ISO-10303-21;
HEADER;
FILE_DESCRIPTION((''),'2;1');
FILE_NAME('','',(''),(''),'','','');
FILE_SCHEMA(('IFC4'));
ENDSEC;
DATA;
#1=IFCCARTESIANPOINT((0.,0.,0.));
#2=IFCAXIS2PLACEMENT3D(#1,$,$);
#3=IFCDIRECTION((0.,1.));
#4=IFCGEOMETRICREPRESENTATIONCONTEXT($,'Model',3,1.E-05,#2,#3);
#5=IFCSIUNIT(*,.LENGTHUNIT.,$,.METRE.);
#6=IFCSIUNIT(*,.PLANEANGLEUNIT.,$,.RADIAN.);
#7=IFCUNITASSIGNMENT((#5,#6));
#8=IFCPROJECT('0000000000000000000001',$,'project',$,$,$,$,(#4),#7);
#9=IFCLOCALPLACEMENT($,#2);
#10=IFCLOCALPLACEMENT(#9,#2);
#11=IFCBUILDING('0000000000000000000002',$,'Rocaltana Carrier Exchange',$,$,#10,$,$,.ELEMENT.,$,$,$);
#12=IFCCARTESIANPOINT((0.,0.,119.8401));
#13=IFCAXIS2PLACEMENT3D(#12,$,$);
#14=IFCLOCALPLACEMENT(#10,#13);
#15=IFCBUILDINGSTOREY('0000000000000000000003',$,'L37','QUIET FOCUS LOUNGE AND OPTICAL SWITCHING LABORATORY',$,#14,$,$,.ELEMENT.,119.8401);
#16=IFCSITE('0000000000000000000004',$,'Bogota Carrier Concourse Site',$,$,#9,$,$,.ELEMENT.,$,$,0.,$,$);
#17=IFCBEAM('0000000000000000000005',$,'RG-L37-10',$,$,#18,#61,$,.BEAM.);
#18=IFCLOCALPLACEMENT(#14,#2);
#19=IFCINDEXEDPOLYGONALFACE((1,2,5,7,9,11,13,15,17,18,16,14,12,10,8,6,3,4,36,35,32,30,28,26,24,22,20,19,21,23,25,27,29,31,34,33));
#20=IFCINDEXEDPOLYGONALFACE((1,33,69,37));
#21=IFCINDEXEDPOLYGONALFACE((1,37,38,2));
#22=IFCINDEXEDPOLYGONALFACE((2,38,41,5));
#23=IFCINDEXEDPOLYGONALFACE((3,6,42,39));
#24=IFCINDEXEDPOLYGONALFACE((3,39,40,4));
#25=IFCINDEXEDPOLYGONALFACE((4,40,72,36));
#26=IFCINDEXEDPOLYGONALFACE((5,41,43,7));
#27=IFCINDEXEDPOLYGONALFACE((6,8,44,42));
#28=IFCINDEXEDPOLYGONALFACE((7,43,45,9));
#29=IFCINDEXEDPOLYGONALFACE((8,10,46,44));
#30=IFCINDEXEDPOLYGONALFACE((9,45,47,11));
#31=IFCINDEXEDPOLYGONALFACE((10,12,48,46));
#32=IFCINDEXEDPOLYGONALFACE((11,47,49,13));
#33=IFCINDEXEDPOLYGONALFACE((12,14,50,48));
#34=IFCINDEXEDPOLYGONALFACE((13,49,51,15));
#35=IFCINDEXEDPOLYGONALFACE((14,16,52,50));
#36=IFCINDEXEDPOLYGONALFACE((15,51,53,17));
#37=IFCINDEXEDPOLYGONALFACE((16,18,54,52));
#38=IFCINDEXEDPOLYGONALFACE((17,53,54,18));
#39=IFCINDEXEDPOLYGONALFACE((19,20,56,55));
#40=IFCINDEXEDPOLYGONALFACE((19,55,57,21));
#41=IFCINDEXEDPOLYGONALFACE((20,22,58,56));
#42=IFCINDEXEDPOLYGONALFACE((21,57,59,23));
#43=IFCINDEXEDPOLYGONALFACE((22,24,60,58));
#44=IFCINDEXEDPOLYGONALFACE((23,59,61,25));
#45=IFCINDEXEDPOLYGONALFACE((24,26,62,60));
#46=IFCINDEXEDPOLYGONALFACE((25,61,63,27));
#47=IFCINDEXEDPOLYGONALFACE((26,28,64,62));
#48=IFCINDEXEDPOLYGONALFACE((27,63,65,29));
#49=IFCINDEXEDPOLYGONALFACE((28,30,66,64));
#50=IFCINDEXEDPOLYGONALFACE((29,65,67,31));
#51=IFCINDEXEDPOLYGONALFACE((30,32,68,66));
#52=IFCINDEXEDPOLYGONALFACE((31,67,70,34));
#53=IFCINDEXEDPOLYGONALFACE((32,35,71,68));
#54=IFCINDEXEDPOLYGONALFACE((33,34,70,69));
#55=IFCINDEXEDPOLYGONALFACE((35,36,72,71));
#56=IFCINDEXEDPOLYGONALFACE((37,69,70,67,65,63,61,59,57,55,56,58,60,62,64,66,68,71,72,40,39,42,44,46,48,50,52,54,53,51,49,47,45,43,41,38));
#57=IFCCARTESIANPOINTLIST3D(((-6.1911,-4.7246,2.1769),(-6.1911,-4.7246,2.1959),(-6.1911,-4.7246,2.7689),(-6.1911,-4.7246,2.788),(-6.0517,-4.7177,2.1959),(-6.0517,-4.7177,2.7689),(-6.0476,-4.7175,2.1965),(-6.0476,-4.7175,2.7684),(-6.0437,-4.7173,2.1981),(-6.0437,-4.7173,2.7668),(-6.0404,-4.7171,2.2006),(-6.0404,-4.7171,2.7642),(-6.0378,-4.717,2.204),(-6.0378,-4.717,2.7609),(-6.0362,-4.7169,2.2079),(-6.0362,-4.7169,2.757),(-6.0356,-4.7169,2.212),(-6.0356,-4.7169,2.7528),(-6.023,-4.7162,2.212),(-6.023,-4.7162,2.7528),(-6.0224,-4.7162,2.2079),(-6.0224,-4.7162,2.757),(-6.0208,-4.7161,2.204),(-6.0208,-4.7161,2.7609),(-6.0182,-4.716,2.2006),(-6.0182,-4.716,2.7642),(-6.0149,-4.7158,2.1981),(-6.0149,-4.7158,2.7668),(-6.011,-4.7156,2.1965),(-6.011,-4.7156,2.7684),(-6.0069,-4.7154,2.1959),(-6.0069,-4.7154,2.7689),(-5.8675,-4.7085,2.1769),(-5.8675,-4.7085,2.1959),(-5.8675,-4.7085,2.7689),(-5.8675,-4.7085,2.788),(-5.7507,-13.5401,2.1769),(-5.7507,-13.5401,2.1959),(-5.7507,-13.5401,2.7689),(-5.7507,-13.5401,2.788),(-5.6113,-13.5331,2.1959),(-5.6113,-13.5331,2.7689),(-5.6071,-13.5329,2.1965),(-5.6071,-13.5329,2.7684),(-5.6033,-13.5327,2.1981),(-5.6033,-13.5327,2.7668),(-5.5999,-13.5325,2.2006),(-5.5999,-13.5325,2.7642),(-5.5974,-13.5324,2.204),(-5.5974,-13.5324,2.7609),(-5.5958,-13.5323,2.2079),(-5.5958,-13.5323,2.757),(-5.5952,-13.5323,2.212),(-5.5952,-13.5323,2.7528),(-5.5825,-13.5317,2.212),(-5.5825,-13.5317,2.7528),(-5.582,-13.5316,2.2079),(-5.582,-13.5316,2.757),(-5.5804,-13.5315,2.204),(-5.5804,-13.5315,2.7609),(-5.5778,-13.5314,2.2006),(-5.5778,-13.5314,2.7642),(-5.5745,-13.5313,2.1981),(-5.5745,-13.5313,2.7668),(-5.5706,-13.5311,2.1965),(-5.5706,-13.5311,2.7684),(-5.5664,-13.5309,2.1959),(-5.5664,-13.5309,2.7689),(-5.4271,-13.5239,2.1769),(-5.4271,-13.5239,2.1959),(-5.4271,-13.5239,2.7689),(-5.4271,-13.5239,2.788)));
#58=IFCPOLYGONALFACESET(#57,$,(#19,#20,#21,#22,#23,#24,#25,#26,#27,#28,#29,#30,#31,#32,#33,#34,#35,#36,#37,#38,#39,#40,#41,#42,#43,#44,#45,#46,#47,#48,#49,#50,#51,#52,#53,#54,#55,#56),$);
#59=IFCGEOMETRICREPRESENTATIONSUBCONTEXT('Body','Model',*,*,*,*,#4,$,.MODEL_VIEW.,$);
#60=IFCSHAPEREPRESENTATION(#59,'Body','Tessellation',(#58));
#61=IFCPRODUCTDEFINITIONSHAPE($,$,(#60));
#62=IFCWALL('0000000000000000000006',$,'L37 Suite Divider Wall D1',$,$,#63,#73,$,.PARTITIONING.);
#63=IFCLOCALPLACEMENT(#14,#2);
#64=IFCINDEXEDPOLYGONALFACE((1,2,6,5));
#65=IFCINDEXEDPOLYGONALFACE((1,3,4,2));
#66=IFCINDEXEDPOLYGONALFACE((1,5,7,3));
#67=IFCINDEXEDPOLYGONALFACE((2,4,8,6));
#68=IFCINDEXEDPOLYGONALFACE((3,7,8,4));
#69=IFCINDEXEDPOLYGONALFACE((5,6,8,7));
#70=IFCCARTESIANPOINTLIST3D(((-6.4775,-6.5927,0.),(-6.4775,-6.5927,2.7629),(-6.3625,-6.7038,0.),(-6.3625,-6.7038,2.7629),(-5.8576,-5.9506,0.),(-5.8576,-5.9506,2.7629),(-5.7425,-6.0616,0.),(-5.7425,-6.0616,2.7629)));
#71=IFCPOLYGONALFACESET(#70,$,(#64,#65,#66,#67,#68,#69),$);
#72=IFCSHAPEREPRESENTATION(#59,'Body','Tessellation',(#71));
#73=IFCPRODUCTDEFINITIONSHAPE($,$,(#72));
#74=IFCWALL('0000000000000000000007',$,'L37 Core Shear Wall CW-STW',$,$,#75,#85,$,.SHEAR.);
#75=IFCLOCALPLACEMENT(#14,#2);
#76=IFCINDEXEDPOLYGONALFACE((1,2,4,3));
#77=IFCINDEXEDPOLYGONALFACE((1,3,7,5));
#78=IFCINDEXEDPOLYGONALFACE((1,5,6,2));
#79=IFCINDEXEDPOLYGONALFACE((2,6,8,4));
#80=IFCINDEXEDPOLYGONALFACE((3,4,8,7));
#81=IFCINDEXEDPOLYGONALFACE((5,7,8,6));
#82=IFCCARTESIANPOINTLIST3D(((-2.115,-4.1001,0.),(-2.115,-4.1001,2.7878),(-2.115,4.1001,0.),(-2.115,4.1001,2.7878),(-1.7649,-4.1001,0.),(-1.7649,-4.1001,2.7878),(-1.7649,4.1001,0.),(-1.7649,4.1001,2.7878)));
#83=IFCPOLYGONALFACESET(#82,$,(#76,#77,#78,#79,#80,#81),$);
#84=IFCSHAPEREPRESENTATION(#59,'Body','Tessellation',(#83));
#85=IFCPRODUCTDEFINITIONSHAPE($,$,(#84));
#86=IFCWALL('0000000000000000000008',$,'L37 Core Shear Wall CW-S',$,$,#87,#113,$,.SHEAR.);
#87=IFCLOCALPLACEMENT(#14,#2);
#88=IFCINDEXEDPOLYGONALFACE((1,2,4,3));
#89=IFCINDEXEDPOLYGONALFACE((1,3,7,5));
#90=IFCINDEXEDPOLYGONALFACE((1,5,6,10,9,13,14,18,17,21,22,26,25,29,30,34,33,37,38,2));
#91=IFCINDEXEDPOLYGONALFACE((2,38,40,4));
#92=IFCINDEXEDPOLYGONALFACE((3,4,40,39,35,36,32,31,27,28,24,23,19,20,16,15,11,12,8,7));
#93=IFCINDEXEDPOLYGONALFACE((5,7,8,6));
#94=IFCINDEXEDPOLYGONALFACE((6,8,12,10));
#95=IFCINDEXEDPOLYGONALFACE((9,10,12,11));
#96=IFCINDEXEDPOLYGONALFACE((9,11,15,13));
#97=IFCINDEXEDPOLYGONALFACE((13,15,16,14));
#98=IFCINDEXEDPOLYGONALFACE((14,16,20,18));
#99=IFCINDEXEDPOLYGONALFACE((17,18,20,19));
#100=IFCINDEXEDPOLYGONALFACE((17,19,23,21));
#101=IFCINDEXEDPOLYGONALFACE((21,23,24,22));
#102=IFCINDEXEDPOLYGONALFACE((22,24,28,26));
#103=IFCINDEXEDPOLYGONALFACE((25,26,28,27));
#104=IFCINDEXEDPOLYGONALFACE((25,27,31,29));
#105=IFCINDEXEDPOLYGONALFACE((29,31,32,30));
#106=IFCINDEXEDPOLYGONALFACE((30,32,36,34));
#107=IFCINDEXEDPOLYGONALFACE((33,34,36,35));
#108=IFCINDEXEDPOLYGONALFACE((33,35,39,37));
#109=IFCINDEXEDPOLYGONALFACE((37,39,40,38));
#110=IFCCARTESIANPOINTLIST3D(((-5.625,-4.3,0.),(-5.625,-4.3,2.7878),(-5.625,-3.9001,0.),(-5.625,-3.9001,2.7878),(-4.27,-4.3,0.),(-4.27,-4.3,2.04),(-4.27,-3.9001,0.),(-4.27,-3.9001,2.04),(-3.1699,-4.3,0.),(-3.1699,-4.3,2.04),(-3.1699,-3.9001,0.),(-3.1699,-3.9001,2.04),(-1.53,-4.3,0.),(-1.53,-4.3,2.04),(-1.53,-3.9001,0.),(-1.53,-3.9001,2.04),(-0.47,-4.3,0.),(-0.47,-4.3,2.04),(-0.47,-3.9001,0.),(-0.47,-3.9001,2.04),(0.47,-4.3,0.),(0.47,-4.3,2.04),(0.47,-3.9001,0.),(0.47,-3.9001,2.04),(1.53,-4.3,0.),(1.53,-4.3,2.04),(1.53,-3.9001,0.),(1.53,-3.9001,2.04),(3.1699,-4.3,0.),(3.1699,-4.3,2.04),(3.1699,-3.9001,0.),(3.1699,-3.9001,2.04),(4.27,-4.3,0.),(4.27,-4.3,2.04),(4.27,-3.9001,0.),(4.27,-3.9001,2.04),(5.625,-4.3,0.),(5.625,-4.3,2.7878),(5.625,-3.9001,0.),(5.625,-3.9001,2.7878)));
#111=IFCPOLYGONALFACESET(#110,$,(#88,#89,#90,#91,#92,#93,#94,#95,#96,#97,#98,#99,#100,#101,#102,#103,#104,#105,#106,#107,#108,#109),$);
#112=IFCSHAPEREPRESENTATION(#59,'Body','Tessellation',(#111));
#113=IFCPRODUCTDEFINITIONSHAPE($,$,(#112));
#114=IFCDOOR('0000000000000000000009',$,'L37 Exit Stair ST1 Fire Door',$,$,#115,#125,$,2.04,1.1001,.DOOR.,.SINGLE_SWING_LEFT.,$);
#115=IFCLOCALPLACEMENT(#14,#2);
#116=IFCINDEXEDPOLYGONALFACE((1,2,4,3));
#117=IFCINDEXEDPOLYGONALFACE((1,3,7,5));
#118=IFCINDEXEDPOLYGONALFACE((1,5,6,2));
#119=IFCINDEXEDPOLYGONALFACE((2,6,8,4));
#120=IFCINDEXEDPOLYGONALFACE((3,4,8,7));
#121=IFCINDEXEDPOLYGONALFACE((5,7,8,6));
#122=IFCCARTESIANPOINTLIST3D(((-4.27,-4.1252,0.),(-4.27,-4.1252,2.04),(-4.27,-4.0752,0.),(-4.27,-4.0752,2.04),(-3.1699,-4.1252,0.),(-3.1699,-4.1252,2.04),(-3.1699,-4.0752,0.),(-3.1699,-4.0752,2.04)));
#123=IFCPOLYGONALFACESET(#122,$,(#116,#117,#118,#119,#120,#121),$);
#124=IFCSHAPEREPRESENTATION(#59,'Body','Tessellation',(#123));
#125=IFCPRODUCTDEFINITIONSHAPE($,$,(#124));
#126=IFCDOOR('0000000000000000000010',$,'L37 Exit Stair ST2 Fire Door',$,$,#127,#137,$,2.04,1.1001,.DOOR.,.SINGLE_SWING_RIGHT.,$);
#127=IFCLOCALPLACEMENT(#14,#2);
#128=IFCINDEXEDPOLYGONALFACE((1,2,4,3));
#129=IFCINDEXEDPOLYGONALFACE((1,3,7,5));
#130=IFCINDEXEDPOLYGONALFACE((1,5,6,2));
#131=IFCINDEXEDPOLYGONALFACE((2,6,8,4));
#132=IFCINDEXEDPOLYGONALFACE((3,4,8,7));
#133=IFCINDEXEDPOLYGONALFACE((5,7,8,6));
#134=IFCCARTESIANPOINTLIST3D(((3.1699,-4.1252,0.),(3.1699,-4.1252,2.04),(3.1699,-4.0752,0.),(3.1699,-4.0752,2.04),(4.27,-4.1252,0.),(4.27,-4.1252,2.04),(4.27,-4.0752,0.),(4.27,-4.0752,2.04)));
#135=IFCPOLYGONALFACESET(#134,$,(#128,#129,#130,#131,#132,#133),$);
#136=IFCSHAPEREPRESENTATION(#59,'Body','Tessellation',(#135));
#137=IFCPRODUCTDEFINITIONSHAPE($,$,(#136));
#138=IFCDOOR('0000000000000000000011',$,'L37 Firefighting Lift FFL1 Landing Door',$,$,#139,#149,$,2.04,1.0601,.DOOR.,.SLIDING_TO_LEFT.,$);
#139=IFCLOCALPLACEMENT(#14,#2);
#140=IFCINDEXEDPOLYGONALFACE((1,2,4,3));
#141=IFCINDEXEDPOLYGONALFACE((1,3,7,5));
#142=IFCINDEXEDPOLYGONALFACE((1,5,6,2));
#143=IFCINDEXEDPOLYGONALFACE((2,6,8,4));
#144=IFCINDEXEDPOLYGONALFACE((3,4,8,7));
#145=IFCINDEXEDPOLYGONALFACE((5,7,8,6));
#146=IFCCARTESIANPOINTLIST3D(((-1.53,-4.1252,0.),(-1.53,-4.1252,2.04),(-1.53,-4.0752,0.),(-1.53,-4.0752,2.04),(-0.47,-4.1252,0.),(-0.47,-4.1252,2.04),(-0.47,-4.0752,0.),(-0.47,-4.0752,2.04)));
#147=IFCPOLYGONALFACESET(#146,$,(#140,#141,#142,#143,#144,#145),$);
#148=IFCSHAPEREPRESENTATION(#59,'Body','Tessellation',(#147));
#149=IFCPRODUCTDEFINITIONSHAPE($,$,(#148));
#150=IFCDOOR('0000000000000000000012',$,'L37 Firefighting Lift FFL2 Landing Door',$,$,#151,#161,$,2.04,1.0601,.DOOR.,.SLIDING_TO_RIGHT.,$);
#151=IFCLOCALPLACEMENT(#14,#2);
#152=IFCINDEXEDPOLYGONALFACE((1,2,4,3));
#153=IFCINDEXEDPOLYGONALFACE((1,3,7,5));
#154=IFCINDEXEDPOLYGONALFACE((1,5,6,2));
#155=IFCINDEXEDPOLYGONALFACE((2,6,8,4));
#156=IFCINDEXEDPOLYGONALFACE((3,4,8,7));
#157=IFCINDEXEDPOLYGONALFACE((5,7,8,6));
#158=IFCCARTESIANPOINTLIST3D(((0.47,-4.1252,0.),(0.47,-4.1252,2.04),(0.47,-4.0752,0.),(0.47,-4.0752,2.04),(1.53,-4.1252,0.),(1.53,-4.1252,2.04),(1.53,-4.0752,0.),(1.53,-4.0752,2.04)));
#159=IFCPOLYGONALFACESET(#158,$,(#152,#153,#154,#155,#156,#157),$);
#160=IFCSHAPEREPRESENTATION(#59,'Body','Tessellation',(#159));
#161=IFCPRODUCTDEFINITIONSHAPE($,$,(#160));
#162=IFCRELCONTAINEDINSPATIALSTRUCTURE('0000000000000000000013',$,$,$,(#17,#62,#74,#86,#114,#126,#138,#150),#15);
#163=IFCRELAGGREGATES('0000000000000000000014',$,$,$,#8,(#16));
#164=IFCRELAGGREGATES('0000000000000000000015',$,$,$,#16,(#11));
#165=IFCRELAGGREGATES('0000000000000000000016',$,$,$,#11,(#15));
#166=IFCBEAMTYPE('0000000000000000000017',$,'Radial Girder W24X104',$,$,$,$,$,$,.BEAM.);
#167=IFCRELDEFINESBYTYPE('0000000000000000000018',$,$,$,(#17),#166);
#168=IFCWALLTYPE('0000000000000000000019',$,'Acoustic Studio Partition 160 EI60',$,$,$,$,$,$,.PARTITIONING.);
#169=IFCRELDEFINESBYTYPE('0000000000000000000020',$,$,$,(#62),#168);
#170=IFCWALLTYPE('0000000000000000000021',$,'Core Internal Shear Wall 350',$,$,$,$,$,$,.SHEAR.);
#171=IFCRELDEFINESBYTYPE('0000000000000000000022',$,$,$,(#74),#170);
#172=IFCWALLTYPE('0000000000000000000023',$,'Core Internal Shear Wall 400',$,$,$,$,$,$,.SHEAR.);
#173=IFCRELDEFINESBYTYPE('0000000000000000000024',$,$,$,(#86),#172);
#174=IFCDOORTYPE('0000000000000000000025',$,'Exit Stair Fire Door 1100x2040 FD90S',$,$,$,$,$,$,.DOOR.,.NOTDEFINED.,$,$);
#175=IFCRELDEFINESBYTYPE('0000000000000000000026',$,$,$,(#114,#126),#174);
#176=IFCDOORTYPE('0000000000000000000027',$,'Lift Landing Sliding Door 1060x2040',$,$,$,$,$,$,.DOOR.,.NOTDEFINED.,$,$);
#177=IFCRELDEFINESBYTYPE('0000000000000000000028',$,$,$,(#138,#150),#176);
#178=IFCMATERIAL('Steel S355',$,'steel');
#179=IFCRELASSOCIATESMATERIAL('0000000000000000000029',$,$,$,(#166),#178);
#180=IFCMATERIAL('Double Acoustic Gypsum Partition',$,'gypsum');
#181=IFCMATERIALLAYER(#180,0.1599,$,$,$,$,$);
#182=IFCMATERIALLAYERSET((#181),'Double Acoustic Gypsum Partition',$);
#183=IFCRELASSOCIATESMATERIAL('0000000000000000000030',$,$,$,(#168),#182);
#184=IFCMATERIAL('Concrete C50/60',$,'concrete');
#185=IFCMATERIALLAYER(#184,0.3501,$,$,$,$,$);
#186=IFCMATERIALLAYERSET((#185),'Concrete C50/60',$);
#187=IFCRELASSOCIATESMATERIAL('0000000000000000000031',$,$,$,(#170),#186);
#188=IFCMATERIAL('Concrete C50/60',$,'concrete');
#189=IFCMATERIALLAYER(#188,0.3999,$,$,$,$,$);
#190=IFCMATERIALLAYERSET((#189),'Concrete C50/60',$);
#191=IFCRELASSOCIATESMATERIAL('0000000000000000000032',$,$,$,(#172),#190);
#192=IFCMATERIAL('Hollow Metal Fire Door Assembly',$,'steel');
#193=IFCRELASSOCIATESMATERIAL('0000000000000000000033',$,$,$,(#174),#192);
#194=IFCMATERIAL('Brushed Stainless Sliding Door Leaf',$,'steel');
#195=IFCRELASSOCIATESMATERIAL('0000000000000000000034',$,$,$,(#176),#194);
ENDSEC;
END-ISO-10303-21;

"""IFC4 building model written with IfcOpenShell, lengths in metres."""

from ifc_helpers import new_model, si_unit, direction, frame, frame_2d, origin, origin_2d, place, context, subcontext, project, spatial, rectangle, i_section, extrude, material, layer, layer_set, material_profile, profile_set, type_object, element, fill, save


model = new_model("IFC4")

# Units and contexts
model_context = context("Model", 3, precision=1e-05, world=origin(), true_north=direction((0.0, 1.0)))
body_context = subcontext(model_context, "Body", "Model", "MODEL_VIEW")
ifc_project = project(units=[si_unit("LENGTHUNIT", "METRE"), si_unit("PLANEANGLEUNIT", "RADIAN")], contexts=[model_context])

# Site, building, storey
site_placement = place(None, origin())
site = spatial("IfcSite", under=ifc_project, at=site_placement, Name="Bogota Carrier Concourse Site", CompositionType="ELEMENT", RefElevation=0.0)
building_placement = place(site_placement, origin())
building = spatial("IfcBuilding", under=site, at=building_placement, Name="Rocaltana Carrier Exchange", CompositionType="ELEMENT")
storey_placement = place(building_placement, frame((0.0, 0.0, 119.8401)))
storey = spatial("IfcBuildingStorey", under=building, at=storey_placement, Name="L37", Description="QUIET FOCUS LOUNGE AND OPTICAL SWITCHING LABORATORY", CompositionType="ELEMENT", Elevation=119.8401)

# Beam
ifc_material_1 = material(Name="Steel S355", Category="steel")
ifc_material_profile_1 = material_profile(ifc_material_1, i_section(OverallWidth=0.324, OverallDepth=0.6111, WebThickness=0.0127, FlangeThickness=0.019, FilletRadius=0.0161, at=origin_2d()), Name="W24X104")
ifc_profile_set_1 = profile_set([ifc_material_profile_1], Name="Steel S355")
beam_type = type_object("IfcBeamType", Name="Radial Girder W24X104", PredefinedType="BEAM", material=ifc_profile_set_1)
beam_1_placement = place(storey_placement, frame((-6.0293, -4.7166, 2.4824), z_axis=(0.049899, -0.998754, 0.0), x_axis=(0.998754, 0.049899, 0.0)))
element("IfcBeam", 1, at=beam_1_placement, inside=storey, type_object=beam_type, Name="RG-L37-10", PredefinedType="BEAM", context=body_context, shape_type="SweptSolid", body=[
    extrude(i_section(OverallWidth=0.324, OverallDepth=0.6111, WebThickness=0.0127, FlangeThickness=0.019, FilletRadius=0.0161, at=origin_2d()), origin(), (0.0, 0.0, 1.0), 8.8264),
])

# Walls
ifc_material_2 = material(Name="Double Acoustic Gypsum Partition", Category="gypsum")
ifc_layer_1 = layer(ifc_material_2, 0.1599)
ifc_layer_set_1 = layer_set([ifc_layer_1], Name="Double Acoustic Gypsum Partition")
wall_type_1 = type_object("IfcWallType", Name="Acoustic Studio Partition 160 EI60", PredefinedType="PARTITIONING", material=ifc_layer_set_1)
wall_1_placement = place(storey_placement, frame((-5.8, -6.0061, 0.0), z_axis=(0.0, 0.0, 1.0), x_axis=(-0.694551, -0.719444, 0.0)))
element("IfcWall", 2, at=wall_1_placement, inside=storey, type_object=wall_type_1, Name="L37 Suite Divider Wall D1", PredefinedType="PARTITIONING", context=body_context, shape_type="SweptSolid", body=[
    extrude(rectangle(XDim=0.8926, YDim=0.1599, at=frame_2d((0.4463, 0.0))), origin(), (0.0, 0.0, 1.0), 2.7629),
])
ifc_material_3 = material(Name="Concrete C50/60", Category="concrete")
ifc_layer_2 = layer(ifc_material_3, 0.3501)
ifc_layer_set_2 = layer_set([ifc_layer_2], Name="Concrete C50/60")
wall_type_2 = type_object("IfcWallType", Name="Core Internal Shear Wall 350", PredefinedType="SHEAR", material=ifc_layer_set_2)
wall_2_placement = place(storey_placement, frame((-1.9399, -4.1001, 0.0), z_axis=(0.0, 0.0, 1.0), x_axis=(0.0, 1.0, 0.0)))
element("IfcWall", 3, at=wall_2_placement, inside=storey, type_object=wall_type_2, Name="L37 Core Shear Wall CW-STW", PredefinedType="SHEAR", context=body_context, shape_type="SweptSolid", body=[
    extrude(rectangle(XDim=8.2002, YDim=0.3501, at=frame_2d((4.1001, 0.0))), origin(), (0.0, 0.0, 1.0), 2.7878),
])

# Wall, openings, doors
ifc_material_4 = material(Name="Concrete C50/60", Category="concrete")
ifc_layer_3 = layer(ifc_material_4, 0.3999)
ifc_layer_set_3 = layer_set([ifc_layer_3], Name="Concrete C50/60")
wall_type_3 = type_object("IfcWallType", Name="Core Internal Shear Wall 400", PredefinedType="SHEAR", material=ifc_layer_set_3)
wall_3_placement = place(storey_placement, frame((-5.625, -4.1001, 0.0), z_axis=(0.0, 0.0, 1.0), x_axis=(1.0, 0.0, 0.0)))
wall_3 = element("IfcWall", 4, at=wall_3_placement, inside=storey, type_object=wall_type_3, Name="L37 Core Shear Wall CW-S", PredefinedType="SHEAR", context=body_context, shape_type="SweptSolid", body=[
    extrude(rectangle(XDim=11.25, YDim=0.3999, at=frame_2d((5.625, 0.0))), origin(), (0.0, 0.0, 1.0), 2.7878),
])
opening_1_placement = place(wall_3_placement, frame((1.355, 0.0, 0.0)))
opening_1 = element("IfcOpeningElement", 5, at=opening_1_placement, cuts=wall_3, PredefinedType="OPENING", context=body_context, shape_type="SweptSolid", body=[
    extrude(rectangle(XDim=1.1001, YDim=2.04, at=frame_2d((0.55, 1.02))), frame((0.0, 0.21, 0.0), z_axis=(0.0, -1.0, 0.0), x_axis=(1.0, 0.0, 0.0)), (0.0, 0.0, 1.0), 0.4199),
])
opening_2_placement = place(wall_3_placement, frame((8.7949, 0.0, 0.0)))
opening_2 = element("IfcOpeningElement", 6, at=opening_2_placement, cuts=wall_3, PredefinedType="OPENING", context=body_context, shape_type="SweptSolid", body=[
    extrude(rectangle(XDim=1.1001, YDim=2.04, at=frame_2d((0.55, 1.02))), frame((0.0, 0.21, 0.0), z_axis=(0.0, -1.0, 0.0), x_axis=(1.0, 0.0, 0.0)), (0.0, 0.0, 1.0), 0.4199),
])
opening_3_placement = place(wall_3_placement, frame((4.095, 0.0, 0.0)))
opening_3 = element("IfcOpeningElement", 7, at=opening_3_placement, cuts=wall_3, PredefinedType="OPENING", context=body_context, shape_type="SweptSolid", body=[
    extrude(rectangle(XDim=1.0601, YDim=2.04, at=frame_2d((0.53, 1.02))), frame((0.0, 0.21, 0.0), z_axis=(0.0, -1.0, 0.0), x_axis=(1.0, 0.0, 0.0)), (0.0, 0.0, 1.0), 0.4199),
])
opening_4_placement = place(wall_3_placement, frame((6.095, 0.0, 0.0)))
opening_4 = element("IfcOpeningElement", 8, at=opening_4_placement, cuts=wall_3, PredefinedType="OPENING", context=body_context, shape_type="SweptSolid", body=[
    extrude(rectangle(XDim=1.0601, YDim=2.04, at=frame_2d((0.53, 1.02))), frame((0.0, 0.21, 0.0), z_axis=(0.0, -1.0, 0.0), x_axis=(1.0, 0.0, 0.0)), (0.0, 0.0, 1.0), 0.4199),
])
ifc_material_5 = material(Name="Hollow Metal Fire Door Assembly", Category="steel")
door_type_1 = type_object("IfcDoorType", Name="Exit Stair Fire Door 1100x2040 FD90S", OperationType="NOTDEFINED", PredefinedType="DOOR", material=ifc_material_5)
door_1_placement = place(opening_1_placement, origin())
door_1 = element("IfcDoor", 9, at=door_1_placement, inside=storey, type_object=door_type_1, Name="L37 Exit Stair ST1 Fire Door", OperationType="SINGLE_SWING_LEFT", OverallHeight=2.04, OverallWidth=1.1001, PredefinedType="DOOR", context=body_context, shape_type="SweptSolid", body=[
    extrude(rectangle(XDim=1.1001, YDim=2.04, at=frame_2d((0.55, 1.02))), frame((0.0, 0.0249, 0.0), z_axis=(0.0, -1.0, 0.0), x_axis=(1.0, 0.0, 0.0)), (0.0, 0.0, 1.0), 0.05),
])
fill(opening_1, door_1)
door_2_placement = place(opening_2_placement, origin())
door_2 = element("IfcDoor", 10, at=door_2_placement, inside=storey, type_object=door_type_1, Name="L37 Exit Stair ST2 Fire Door", OperationType="SINGLE_SWING_RIGHT", OverallHeight=2.04, OverallWidth=1.1001, PredefinedType="DOOR", context=body_context, shape_type="SweptSolid", body=[
    extrude(rectangle(XDim=1.1001, YDim=2.04, at=frame_2d((0.55, 1.02))), frame((0.0, 0.0249, 0.0), z_axis=(0.0, -1.0, 0.0), x_axis=(1.0, 0.0, 0.0)), (0.0, 0.0, 1.0), 0.05),
])
fill(opening_2, door_2)
ifc_material_6 = material(Name="Brushed Stainless Sliding Door Leaf", Category="steel")
door_type_2 = type_object("IfcDoorType", Name="Lift Landing Sliding Door 1060x2040", OperationType="NOTDEFINED", PredefinedType="DOOR", material=ifc_material_6)
door_3_placement = place(opening_3_placement, origin())
door_3 = element("IfcDoor", 11, at=door_3_placement, inside=storey, type_object=door_type_2, Name="L37 Firefighting Lift FFL1 Landing Door", OperationType="SLIDING_TO_LEFT", OverallHeight=2.04, OverallWidth=1.0601, PredefinedType="DOOR", context=body_context, shape_type="SweptSolid", body=[
    extrude(rectangle(XDim=1.0601, YDim=2.04, at=frame_2d((0.53, 1.02))), frame((0.0, 0.0249, 0.0), z_axis=(0.0, -1.0, 0.0), x_axis=(1.0, 0.0, 0.0)), (0.0, 0.0, 1.0), 0.05),
])
fill(opening_3, door_3)
door_4_placement = place(opening_4_placement, origin())
door_4 = element("IfcDoor", 12, at=door_4_placement, inside=storey, type_object=door_type_2, Name="L37 Firefighting Lift FFL2 Landing Door", OperationType="SLIDING_TO_RIGHT", OverallHeight=2.04, OverallWidth=1.0601, PredefinedType="DOOR", context=body_context, shape_type="SweptSolid", body=[
    extrude(rectangle(XDim=1.0601, YDim=2.04, at=frame_2d((0.53, 1.02))), frame((0.0, 0.0249, 0.0), z_axis=(0.0, -1.0, 0.0), x_axis=(1.0, 0.0, 0.0)), (0.0, 0.0, 1.0), 0.05),
])
fill(opening_4, door_4)

save(model, "model.ifc")
